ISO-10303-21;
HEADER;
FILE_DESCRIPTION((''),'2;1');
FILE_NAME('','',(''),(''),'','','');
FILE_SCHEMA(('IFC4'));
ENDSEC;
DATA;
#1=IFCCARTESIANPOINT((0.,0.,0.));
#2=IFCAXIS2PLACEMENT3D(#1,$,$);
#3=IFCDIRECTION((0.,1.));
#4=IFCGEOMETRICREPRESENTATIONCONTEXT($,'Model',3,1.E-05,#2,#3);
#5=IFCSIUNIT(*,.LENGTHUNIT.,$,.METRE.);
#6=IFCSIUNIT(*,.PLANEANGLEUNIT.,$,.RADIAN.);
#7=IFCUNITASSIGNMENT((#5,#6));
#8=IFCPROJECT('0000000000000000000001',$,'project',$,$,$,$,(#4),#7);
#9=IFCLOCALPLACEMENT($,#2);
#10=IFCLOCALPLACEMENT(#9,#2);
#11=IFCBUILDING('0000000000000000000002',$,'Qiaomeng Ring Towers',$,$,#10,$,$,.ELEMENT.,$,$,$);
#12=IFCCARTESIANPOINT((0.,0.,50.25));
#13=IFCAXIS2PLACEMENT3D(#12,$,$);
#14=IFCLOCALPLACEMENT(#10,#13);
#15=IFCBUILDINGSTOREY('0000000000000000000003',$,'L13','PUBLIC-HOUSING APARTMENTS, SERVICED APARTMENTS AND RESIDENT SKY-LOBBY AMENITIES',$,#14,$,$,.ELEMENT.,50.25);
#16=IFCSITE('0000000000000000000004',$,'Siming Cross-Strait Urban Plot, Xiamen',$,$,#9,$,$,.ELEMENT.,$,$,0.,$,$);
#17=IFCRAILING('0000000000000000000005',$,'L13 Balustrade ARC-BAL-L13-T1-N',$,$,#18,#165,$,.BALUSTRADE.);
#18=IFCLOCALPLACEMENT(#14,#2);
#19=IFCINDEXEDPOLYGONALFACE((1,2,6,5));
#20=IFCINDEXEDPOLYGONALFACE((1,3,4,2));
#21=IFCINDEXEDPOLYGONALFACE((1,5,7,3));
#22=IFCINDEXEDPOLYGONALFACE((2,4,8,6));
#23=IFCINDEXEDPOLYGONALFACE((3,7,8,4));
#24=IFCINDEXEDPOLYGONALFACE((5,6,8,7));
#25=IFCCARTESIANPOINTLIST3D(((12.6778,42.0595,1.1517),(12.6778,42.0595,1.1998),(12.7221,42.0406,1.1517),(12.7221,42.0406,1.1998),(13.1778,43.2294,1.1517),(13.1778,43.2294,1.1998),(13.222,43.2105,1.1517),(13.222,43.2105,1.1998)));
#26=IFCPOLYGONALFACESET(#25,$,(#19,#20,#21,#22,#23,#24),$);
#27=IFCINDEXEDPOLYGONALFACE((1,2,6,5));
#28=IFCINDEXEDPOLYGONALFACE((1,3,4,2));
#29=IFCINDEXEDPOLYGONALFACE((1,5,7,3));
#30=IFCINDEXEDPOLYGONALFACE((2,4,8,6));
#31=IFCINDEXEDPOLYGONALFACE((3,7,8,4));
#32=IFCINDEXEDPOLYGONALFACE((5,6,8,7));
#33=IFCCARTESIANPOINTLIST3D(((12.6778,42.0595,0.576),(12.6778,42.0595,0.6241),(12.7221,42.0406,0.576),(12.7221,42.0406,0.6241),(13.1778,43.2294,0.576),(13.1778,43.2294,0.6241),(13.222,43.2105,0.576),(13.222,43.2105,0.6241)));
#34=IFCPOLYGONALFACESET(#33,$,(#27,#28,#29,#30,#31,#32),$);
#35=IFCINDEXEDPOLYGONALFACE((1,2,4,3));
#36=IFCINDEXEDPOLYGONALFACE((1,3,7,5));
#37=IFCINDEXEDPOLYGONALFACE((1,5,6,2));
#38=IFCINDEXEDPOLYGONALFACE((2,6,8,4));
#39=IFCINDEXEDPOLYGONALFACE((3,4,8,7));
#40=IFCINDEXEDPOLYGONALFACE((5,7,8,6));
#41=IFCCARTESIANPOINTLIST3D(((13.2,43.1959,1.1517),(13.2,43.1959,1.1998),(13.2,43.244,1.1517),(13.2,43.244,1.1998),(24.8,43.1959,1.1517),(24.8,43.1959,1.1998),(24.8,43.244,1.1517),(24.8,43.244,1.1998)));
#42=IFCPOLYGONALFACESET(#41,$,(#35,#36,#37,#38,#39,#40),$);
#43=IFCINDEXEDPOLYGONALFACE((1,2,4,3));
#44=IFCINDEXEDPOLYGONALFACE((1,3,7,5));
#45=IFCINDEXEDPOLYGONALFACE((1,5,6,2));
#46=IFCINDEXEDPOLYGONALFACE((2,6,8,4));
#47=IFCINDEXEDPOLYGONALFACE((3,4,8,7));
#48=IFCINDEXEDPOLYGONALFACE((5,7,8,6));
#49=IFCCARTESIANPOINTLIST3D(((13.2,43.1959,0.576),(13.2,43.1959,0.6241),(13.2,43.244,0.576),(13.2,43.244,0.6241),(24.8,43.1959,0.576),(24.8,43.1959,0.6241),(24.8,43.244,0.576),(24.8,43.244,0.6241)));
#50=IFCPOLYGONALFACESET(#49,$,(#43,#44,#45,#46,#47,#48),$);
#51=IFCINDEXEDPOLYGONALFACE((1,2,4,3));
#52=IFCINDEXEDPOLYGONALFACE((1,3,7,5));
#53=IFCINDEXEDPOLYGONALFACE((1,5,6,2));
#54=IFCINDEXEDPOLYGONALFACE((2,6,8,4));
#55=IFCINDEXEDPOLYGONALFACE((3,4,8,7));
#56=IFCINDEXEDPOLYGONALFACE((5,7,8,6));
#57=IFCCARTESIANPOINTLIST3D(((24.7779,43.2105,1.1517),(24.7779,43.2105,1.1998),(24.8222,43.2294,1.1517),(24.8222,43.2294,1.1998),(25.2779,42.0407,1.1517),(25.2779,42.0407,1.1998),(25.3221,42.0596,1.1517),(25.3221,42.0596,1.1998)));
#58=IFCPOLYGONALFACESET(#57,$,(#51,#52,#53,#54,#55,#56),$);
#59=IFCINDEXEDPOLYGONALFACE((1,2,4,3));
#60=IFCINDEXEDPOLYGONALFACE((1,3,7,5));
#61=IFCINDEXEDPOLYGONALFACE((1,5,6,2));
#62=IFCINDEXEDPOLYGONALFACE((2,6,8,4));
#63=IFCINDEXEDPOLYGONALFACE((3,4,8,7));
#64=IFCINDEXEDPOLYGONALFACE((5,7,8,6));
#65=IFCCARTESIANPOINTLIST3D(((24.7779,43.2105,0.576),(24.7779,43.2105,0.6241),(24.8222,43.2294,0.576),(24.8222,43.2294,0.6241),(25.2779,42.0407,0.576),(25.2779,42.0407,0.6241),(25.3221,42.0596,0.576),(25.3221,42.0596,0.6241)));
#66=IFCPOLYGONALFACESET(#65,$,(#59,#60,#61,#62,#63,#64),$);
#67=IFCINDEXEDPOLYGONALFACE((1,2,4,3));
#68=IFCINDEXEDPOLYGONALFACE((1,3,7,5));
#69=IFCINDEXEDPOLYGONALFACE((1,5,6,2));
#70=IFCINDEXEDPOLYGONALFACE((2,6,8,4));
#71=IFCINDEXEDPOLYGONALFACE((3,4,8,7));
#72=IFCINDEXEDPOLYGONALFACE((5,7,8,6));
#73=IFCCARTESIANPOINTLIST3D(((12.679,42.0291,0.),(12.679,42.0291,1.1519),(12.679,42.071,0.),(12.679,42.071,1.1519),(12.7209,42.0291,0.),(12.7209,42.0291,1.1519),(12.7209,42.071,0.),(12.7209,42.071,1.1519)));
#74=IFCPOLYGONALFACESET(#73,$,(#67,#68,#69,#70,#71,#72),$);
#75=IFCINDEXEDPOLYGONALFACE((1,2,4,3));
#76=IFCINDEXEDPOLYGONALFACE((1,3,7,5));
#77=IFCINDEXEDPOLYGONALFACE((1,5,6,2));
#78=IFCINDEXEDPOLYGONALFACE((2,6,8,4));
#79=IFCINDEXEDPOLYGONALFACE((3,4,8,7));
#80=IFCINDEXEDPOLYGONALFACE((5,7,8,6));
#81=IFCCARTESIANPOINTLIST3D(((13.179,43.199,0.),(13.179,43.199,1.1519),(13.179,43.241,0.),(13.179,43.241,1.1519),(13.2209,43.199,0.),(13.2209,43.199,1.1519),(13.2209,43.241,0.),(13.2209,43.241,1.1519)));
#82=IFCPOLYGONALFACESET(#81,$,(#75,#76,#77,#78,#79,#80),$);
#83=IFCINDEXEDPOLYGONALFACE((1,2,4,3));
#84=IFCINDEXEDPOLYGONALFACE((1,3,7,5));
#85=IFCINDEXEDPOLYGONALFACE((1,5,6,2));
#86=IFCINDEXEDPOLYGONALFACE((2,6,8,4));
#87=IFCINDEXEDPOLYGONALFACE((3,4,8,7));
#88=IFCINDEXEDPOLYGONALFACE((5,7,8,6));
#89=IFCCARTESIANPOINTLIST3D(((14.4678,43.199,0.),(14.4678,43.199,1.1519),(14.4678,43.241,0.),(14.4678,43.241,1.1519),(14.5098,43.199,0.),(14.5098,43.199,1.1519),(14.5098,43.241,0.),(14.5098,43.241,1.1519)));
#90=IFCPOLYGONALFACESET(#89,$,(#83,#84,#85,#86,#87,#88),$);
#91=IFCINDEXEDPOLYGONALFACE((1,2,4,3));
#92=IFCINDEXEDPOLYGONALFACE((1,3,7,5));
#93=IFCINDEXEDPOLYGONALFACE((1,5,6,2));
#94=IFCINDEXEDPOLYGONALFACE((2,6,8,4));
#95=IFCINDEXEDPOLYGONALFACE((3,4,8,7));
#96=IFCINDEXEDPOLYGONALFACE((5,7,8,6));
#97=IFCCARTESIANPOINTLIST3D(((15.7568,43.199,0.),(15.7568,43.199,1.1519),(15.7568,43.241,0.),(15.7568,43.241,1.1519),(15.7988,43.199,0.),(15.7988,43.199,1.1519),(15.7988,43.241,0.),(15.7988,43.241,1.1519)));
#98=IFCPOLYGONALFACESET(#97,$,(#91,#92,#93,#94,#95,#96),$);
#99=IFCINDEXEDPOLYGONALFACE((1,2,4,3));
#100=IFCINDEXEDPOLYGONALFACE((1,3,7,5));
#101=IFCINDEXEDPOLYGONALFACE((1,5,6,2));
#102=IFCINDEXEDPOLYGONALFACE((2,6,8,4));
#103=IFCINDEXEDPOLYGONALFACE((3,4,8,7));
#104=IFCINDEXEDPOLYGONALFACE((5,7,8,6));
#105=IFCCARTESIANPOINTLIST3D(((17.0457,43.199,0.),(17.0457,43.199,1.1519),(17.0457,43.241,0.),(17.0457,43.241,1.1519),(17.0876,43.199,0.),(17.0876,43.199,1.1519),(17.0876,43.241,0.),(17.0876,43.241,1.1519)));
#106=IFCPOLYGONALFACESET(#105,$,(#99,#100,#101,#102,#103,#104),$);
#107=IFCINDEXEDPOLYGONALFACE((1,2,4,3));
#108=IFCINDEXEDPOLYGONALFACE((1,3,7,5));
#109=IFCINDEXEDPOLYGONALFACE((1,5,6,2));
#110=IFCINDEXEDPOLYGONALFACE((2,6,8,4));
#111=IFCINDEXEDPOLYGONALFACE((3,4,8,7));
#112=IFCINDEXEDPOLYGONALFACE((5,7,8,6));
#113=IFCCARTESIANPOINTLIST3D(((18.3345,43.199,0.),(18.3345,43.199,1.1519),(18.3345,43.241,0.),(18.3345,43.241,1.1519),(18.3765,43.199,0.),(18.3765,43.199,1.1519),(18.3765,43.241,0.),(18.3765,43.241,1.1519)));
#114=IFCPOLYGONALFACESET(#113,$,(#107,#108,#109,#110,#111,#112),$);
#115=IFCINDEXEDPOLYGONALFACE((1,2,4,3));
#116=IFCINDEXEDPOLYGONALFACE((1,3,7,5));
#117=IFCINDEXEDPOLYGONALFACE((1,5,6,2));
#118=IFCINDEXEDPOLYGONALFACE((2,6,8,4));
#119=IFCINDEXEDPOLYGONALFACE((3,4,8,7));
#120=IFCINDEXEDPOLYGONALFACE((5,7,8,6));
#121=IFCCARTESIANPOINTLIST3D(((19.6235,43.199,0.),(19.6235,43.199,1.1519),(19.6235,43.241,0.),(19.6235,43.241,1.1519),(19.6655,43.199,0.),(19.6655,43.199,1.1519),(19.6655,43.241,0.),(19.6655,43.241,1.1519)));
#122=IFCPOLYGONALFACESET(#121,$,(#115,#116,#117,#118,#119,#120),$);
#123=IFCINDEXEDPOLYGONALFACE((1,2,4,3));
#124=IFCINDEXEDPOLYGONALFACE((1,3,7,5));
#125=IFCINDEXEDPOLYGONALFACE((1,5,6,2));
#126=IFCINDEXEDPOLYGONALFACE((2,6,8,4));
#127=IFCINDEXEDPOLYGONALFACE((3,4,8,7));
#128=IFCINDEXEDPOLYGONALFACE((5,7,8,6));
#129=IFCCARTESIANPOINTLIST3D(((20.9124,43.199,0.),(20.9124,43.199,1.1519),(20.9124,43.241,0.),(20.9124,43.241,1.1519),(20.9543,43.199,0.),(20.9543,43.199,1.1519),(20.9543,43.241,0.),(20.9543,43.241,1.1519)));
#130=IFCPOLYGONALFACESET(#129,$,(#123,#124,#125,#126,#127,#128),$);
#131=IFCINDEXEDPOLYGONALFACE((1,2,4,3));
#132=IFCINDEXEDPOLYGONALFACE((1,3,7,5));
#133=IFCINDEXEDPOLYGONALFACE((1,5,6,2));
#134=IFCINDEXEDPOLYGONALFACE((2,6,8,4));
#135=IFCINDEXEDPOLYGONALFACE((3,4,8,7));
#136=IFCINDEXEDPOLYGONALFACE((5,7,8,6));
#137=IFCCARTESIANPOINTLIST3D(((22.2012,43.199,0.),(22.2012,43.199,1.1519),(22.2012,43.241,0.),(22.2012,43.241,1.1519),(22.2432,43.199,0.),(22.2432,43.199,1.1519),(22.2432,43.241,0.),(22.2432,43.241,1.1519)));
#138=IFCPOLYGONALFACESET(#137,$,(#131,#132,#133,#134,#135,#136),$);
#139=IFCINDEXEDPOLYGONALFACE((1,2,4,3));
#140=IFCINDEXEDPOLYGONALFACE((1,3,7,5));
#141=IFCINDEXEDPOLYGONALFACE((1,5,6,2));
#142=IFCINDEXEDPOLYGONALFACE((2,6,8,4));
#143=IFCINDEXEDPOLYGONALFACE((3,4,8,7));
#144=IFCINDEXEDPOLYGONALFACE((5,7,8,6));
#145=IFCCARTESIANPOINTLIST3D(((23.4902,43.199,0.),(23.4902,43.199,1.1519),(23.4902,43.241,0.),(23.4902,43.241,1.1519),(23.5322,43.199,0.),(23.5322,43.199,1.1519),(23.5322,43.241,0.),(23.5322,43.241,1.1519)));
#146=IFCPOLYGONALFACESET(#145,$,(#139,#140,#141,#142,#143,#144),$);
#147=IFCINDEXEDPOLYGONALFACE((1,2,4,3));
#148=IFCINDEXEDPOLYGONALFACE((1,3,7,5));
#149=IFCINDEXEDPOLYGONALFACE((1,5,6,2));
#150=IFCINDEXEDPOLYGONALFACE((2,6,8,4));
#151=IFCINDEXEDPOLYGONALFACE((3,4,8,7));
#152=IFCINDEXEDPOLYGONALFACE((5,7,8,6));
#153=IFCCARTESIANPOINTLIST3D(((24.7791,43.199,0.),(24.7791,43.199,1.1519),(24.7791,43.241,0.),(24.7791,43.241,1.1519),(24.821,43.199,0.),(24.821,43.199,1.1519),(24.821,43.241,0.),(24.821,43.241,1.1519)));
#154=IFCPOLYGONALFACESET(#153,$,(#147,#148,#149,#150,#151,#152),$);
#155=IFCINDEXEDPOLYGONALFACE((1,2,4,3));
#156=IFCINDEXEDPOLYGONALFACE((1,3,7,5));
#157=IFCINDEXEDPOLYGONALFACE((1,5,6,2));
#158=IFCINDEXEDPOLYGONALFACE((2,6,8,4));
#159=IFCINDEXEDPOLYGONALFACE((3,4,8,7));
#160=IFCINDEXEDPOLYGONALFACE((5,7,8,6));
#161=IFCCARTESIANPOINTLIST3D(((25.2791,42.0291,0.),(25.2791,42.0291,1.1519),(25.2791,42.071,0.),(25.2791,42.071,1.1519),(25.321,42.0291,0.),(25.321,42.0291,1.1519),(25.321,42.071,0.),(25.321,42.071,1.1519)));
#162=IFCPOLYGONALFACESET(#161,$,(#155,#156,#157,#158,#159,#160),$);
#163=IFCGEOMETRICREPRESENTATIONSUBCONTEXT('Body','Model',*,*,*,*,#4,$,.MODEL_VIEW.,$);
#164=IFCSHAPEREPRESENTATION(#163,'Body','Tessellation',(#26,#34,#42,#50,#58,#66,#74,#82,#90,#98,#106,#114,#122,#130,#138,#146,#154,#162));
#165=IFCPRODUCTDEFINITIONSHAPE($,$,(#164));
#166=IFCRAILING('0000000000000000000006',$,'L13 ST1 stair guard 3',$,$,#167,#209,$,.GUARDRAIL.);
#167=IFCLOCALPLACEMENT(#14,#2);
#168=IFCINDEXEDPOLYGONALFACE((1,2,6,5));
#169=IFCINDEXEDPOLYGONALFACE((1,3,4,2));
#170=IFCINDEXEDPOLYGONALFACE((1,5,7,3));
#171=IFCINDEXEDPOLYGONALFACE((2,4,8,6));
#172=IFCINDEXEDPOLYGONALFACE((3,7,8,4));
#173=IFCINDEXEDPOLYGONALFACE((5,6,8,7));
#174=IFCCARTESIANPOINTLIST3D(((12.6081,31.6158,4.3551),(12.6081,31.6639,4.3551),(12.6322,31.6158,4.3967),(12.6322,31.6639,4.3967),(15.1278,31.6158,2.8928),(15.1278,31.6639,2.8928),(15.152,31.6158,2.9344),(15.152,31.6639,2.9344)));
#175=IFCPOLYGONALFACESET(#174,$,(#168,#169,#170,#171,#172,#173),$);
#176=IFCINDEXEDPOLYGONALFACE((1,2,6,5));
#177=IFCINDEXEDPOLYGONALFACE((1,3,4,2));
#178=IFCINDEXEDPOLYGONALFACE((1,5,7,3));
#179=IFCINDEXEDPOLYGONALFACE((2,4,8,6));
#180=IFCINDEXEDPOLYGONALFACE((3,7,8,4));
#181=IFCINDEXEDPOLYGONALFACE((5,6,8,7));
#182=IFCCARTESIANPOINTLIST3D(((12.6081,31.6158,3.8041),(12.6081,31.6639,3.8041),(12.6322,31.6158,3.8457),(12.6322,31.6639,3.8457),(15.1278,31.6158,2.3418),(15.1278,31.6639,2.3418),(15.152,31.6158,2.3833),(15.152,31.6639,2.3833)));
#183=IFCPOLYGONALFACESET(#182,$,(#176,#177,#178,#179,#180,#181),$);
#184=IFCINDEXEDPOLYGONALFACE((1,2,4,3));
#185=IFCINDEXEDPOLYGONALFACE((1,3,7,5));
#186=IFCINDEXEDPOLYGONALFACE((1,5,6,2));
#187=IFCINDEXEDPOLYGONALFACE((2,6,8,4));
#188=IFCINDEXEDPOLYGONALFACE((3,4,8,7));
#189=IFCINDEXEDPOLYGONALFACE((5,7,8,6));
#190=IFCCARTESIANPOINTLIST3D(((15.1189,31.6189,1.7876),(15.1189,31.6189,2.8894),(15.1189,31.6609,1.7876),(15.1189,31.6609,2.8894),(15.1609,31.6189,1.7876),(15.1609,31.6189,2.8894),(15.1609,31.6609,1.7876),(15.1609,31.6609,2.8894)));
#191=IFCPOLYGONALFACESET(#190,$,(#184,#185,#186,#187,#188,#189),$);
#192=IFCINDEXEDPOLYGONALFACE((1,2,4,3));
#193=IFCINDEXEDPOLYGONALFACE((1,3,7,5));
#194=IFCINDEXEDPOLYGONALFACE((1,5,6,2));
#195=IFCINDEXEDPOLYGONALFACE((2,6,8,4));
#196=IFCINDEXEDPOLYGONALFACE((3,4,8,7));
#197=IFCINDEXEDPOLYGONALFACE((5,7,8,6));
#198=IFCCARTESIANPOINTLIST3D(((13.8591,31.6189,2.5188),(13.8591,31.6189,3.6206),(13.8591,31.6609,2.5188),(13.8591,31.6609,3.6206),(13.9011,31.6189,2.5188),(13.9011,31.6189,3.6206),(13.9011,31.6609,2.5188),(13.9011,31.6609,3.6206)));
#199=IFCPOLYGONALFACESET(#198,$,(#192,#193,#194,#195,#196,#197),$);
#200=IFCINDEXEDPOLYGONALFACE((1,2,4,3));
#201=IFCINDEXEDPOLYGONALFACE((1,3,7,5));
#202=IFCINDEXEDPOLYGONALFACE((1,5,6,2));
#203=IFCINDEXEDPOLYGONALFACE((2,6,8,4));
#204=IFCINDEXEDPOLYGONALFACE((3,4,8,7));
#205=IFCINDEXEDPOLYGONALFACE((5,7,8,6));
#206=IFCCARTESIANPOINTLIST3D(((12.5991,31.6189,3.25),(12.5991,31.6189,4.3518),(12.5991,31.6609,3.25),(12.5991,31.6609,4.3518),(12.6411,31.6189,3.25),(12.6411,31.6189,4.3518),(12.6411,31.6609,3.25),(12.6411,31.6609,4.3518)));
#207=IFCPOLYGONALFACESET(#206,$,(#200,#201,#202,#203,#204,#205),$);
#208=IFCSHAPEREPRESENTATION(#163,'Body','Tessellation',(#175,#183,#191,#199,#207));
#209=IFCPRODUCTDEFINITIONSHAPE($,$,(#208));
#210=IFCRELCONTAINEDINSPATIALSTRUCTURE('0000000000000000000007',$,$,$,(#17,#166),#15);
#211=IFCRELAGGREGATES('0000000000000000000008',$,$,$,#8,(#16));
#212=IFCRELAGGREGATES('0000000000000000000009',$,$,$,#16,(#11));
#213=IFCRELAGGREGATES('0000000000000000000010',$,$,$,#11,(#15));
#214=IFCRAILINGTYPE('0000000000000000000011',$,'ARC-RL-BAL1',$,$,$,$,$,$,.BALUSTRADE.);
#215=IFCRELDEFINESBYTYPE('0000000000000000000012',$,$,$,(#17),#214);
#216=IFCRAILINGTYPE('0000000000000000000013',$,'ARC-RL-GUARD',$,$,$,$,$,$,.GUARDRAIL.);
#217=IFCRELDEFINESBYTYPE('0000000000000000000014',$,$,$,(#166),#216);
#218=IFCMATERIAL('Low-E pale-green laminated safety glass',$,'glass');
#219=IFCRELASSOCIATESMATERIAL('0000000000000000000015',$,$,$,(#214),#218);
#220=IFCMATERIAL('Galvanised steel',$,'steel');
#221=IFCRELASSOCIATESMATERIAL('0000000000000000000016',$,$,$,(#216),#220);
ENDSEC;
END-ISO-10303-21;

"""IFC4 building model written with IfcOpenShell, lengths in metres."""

from ifc_helpers import new_model, si_unit, direction, frame, origin, origin_2d, place, context, subcontext, project, spatial, rectangle, extrude, material, type_object, element, save


model = new_model("IFC4")

# Units and contexts
model_context = context("Model", 3, precision=1e-05, world=origin(), true_north=direction((0.0, 1.0)))
body_context = subcontext(model_context, "Body", "Model", "MODEL_VIEW")
ifc_project = project(units=[si_unit("LENGTHUNIT", "METRE"), si_unit("PLANEANGLEUNIT", "RADIAN")], contexts=[model_context])

# Site, building, storey
site_placement = place(None, origin())
site = spatial("IfcSite", under=ifc_project, at=site_placement, Name="Siming Cross-Strait Urban Plot, Xiamen", CompositionType="ELEMENT", RefElevation=0.0)
building_placement = place(site_placement, origin())
building = spatial("IfcBuilding", under=site, at=building_placement, Name="Qiaomeng Ring Towers", CompositionType="ELEMENT")
storey_placement = place(building_placement, frame((0.0, 0.0, 50.25)))
storey = spatial("IfcBuildingStorey", under=building, at=storey_placement, Name="L13", Description="PUBLIC-HOUSING APARTMENTS, SERVICED APARTMENTS AND RESIDENT SKY-LOBBY AMENITIES", CompositionType="ELEMENT", Elevation=50.25)

# Shared definitions
ifc_material_1 = material(Name="Galvanised steel", Category="steel")

# Railings
ifc_material_2 = material(Name="Low-E pale-green laminated safety glass", Category="glass")
railing_type_1 = type_object("IfcRailingType", Name="ARC-RL-BAL1", PredefinedType="BALUSTRADE", material=ifc_material_2)
railing_1_placement = place(storey_placement, frame((12.7, 42.05, 0.0)))
element("IfcRailing", 1, at=railing_1_placement, inside=storey, type_object=railing_type_1, Name="L13 Balustrade ARC-BAL-L13-T1-N", PredefinedType="BALUSTRADE", context=body_context, shape_type="SweptSolid", body=[
    extrude(rectangle(XDim=0.0481, YDim=0.0481, at=origin_2d()), frame((0.0, 0.0, 1.1758), z_axis=(0.392993, 0.919542, 0.0), x_axis=(-0.919542, 0.392993, 0.0)), (0.0, 0.0, 1.0), 1.2722),
    extrude(rectangle(XDim=0.0481, YDim=0.0481, at=origin_2d()), frame((0.0, 0.0, 0.6001), z_axis=(0.392993, 0.919542, 0.0), x_axis=(-0.919542, 0.392993, 0.0)), (0.0, 0.0, 1.0), 1.2722),
    extrude(rectangle(XDim=0.0481, YDim=0.0481, at=origin_2d()), frame((0.5, 1.1699, 1.1758), z_axis=(1.0, 0.0, 0.0), x_axis=(0.0, 1.0, 0.0)), (0.0, 0.0, 1.0), 11.6001),
    extrude(rectangle(XDim=0.0481, YDim=0.0481, at=origin_2d()), frame((0.5, 1.1699, 0.6001), z_axis=(1.0, 0.0, 0.0), x_axis=(0.0, 1.0, 0.0)), (0.0, 0.0, 1.0), 11.6001),
    extrude(rectangle(XDim=0.0481, YDim=0.0481, at=origin_2d()), frame((12.1001, 1.1699, 1.1758), z_axis=(0.392993, -0.919542, 0.0), x_axis=(0.919542, 0.392993, 0.0)), (0.0, 0.0, 1.0), 1.2722),
    extrude(rectangle(XDim=0.0481, YDim=0.0481, at=origin_2d()), frame((12.1001, 1.1699, 0.6001), z_axis=(0.392993, -0.919542, 0.0), x_axis=(0.919542, 0.392993, 0.0)), (0.0, 0.0, 1.0), 1.2722),
    extrude(rectangle(XDim=0.042, YDim=0.042, at=origin_2d()), origin(), (0.0, 0.0, 1.0), 1.1519),
    extrude(rectangle(XDim=0.042, YDim=0.042, at=origin_2d()), frame((0.5, 1.1699, 0.0)), (0.0, 0.0, 1.0), 1.1519),
    extrude(rectangle(XDim=0.042, YDim=0.042, at=origin_2d()), frame((1.7888, 1.1699, 0.0)), (0.0, 0.0, 1.0), 1.1519),
    extrude(rectangle(XDim=0.042, YDim=0.042, at=origin_2d()), frame((3.0779, 1.1699, 0.0)), (0.0, 0.0, 1.0), 1.1519),
    extrude(rectangle(XDim=0.042, YDim=0.042, at=origin_2d()), frame((4.3667, 1.1699, 0.0)), (0.0, 0.0, 1.0), 1.1519),
    extrude(rectangle(XDim=0.042, YDim=0.042, at=origin_2d()), frame((5.6555, 1.1699, 0.0)), (0.0, 0.0, 1.0), 1.1519),
    extrude(rectangle(XDim=0.042, YDim=0.042, at=origin_2d()), frame((6.9446, 1.1699, 0.0)), (0.0, 0.0, 1.0), 1.1519),
    extrude(rectangle(XDim=0.042, YDim=0.042, at=origin_2d()), frame((8.2334, 1.1699, 0.0)), (0.0, 0.0, 1.0), 1.1519),
    extrude(rectangle(XDim=0.042, YDim=0.042, at=origin_2d()), frame((9.5222, 1.1699, 0.0)), (0.0, 0.0, 1.0), 1.1519),
    extrude(rectangle(XDim=0.042, YDim=0.042, at=origin_2d()), frame((10.8113, 1.1699, 0.0)), (0.0, 0.0, 1.0), 1.1519),
    extrude(rectangle(XDim=0.042, YDim=0.042, at=origin_2d()), frame((12.1001, 1.1699, 0.0)), (0.0, 0.0, 1.0), 1.1519),
    extrude(rectangle(XDim=0.042, YDim=0.042, at=origin_2d()), frame((12.6001, 0.0, 0.0)), (0.0, 0.0, 1.0), 1.1519),
])
railing_type_2 = type_object("IfcRailingType", Name="ARC-RL-GUARD", PredefinedType="GUARDRAIL", material=ifc_material_1)
railing_2_placement = place(storey_placement, frame((15.1399, 31.6399, 1.7876)))
element("IfcRailing", 2, at=railing_2_placement, inside=storey, type_object=railing_type_2, Name="L13 ST1 stair guard 3", PredefinedType="GUARDRAIL", context=body_context, shape_type="SweptSolid", body=[
    extrude(rectangle(XDim=0.0481, YDim=0.0481, at=origin_2d()), frame((0.0, 0.0, 1.126), z_axis=(-0.864892, 0.0, 0.501958), x_axis=(0.0, -1.0, 0.0)), (0.0, 0.0, 1.0), 2.9133),
    extrude(rectangle(XDim=0.0481, YDim=0.0481, at=origin_2d()), frame((0.0, 0.0, 0.575), z_axis=(-0.864892, 0.0, 0.501958), x_axis=(0.0, -1.0, 0.0)), (0.0, 0.0, 1.0), 2.9133),
    extrude(rectangle(XDim=0.042, YDim=0.042, at=origin_2d()), origin(), (0.0, 0.0, 1.0), 1.1018),
    extrude(rectangle(XDim=0.042, YDim=0.042, at=origin_2d()), frame((-1.2598, 0.0, 0.7312)), (0.0, 0.0, 1.0), 1.1018),
    extrude(rectangle(XDim=0.042, YDim=0.042, at=origin_2d()), frame((-2.5198, 0.0, 1.4624)), (0.0, 0.0, 1.0), 1.1018),
])

save(model, "model.ifc")
